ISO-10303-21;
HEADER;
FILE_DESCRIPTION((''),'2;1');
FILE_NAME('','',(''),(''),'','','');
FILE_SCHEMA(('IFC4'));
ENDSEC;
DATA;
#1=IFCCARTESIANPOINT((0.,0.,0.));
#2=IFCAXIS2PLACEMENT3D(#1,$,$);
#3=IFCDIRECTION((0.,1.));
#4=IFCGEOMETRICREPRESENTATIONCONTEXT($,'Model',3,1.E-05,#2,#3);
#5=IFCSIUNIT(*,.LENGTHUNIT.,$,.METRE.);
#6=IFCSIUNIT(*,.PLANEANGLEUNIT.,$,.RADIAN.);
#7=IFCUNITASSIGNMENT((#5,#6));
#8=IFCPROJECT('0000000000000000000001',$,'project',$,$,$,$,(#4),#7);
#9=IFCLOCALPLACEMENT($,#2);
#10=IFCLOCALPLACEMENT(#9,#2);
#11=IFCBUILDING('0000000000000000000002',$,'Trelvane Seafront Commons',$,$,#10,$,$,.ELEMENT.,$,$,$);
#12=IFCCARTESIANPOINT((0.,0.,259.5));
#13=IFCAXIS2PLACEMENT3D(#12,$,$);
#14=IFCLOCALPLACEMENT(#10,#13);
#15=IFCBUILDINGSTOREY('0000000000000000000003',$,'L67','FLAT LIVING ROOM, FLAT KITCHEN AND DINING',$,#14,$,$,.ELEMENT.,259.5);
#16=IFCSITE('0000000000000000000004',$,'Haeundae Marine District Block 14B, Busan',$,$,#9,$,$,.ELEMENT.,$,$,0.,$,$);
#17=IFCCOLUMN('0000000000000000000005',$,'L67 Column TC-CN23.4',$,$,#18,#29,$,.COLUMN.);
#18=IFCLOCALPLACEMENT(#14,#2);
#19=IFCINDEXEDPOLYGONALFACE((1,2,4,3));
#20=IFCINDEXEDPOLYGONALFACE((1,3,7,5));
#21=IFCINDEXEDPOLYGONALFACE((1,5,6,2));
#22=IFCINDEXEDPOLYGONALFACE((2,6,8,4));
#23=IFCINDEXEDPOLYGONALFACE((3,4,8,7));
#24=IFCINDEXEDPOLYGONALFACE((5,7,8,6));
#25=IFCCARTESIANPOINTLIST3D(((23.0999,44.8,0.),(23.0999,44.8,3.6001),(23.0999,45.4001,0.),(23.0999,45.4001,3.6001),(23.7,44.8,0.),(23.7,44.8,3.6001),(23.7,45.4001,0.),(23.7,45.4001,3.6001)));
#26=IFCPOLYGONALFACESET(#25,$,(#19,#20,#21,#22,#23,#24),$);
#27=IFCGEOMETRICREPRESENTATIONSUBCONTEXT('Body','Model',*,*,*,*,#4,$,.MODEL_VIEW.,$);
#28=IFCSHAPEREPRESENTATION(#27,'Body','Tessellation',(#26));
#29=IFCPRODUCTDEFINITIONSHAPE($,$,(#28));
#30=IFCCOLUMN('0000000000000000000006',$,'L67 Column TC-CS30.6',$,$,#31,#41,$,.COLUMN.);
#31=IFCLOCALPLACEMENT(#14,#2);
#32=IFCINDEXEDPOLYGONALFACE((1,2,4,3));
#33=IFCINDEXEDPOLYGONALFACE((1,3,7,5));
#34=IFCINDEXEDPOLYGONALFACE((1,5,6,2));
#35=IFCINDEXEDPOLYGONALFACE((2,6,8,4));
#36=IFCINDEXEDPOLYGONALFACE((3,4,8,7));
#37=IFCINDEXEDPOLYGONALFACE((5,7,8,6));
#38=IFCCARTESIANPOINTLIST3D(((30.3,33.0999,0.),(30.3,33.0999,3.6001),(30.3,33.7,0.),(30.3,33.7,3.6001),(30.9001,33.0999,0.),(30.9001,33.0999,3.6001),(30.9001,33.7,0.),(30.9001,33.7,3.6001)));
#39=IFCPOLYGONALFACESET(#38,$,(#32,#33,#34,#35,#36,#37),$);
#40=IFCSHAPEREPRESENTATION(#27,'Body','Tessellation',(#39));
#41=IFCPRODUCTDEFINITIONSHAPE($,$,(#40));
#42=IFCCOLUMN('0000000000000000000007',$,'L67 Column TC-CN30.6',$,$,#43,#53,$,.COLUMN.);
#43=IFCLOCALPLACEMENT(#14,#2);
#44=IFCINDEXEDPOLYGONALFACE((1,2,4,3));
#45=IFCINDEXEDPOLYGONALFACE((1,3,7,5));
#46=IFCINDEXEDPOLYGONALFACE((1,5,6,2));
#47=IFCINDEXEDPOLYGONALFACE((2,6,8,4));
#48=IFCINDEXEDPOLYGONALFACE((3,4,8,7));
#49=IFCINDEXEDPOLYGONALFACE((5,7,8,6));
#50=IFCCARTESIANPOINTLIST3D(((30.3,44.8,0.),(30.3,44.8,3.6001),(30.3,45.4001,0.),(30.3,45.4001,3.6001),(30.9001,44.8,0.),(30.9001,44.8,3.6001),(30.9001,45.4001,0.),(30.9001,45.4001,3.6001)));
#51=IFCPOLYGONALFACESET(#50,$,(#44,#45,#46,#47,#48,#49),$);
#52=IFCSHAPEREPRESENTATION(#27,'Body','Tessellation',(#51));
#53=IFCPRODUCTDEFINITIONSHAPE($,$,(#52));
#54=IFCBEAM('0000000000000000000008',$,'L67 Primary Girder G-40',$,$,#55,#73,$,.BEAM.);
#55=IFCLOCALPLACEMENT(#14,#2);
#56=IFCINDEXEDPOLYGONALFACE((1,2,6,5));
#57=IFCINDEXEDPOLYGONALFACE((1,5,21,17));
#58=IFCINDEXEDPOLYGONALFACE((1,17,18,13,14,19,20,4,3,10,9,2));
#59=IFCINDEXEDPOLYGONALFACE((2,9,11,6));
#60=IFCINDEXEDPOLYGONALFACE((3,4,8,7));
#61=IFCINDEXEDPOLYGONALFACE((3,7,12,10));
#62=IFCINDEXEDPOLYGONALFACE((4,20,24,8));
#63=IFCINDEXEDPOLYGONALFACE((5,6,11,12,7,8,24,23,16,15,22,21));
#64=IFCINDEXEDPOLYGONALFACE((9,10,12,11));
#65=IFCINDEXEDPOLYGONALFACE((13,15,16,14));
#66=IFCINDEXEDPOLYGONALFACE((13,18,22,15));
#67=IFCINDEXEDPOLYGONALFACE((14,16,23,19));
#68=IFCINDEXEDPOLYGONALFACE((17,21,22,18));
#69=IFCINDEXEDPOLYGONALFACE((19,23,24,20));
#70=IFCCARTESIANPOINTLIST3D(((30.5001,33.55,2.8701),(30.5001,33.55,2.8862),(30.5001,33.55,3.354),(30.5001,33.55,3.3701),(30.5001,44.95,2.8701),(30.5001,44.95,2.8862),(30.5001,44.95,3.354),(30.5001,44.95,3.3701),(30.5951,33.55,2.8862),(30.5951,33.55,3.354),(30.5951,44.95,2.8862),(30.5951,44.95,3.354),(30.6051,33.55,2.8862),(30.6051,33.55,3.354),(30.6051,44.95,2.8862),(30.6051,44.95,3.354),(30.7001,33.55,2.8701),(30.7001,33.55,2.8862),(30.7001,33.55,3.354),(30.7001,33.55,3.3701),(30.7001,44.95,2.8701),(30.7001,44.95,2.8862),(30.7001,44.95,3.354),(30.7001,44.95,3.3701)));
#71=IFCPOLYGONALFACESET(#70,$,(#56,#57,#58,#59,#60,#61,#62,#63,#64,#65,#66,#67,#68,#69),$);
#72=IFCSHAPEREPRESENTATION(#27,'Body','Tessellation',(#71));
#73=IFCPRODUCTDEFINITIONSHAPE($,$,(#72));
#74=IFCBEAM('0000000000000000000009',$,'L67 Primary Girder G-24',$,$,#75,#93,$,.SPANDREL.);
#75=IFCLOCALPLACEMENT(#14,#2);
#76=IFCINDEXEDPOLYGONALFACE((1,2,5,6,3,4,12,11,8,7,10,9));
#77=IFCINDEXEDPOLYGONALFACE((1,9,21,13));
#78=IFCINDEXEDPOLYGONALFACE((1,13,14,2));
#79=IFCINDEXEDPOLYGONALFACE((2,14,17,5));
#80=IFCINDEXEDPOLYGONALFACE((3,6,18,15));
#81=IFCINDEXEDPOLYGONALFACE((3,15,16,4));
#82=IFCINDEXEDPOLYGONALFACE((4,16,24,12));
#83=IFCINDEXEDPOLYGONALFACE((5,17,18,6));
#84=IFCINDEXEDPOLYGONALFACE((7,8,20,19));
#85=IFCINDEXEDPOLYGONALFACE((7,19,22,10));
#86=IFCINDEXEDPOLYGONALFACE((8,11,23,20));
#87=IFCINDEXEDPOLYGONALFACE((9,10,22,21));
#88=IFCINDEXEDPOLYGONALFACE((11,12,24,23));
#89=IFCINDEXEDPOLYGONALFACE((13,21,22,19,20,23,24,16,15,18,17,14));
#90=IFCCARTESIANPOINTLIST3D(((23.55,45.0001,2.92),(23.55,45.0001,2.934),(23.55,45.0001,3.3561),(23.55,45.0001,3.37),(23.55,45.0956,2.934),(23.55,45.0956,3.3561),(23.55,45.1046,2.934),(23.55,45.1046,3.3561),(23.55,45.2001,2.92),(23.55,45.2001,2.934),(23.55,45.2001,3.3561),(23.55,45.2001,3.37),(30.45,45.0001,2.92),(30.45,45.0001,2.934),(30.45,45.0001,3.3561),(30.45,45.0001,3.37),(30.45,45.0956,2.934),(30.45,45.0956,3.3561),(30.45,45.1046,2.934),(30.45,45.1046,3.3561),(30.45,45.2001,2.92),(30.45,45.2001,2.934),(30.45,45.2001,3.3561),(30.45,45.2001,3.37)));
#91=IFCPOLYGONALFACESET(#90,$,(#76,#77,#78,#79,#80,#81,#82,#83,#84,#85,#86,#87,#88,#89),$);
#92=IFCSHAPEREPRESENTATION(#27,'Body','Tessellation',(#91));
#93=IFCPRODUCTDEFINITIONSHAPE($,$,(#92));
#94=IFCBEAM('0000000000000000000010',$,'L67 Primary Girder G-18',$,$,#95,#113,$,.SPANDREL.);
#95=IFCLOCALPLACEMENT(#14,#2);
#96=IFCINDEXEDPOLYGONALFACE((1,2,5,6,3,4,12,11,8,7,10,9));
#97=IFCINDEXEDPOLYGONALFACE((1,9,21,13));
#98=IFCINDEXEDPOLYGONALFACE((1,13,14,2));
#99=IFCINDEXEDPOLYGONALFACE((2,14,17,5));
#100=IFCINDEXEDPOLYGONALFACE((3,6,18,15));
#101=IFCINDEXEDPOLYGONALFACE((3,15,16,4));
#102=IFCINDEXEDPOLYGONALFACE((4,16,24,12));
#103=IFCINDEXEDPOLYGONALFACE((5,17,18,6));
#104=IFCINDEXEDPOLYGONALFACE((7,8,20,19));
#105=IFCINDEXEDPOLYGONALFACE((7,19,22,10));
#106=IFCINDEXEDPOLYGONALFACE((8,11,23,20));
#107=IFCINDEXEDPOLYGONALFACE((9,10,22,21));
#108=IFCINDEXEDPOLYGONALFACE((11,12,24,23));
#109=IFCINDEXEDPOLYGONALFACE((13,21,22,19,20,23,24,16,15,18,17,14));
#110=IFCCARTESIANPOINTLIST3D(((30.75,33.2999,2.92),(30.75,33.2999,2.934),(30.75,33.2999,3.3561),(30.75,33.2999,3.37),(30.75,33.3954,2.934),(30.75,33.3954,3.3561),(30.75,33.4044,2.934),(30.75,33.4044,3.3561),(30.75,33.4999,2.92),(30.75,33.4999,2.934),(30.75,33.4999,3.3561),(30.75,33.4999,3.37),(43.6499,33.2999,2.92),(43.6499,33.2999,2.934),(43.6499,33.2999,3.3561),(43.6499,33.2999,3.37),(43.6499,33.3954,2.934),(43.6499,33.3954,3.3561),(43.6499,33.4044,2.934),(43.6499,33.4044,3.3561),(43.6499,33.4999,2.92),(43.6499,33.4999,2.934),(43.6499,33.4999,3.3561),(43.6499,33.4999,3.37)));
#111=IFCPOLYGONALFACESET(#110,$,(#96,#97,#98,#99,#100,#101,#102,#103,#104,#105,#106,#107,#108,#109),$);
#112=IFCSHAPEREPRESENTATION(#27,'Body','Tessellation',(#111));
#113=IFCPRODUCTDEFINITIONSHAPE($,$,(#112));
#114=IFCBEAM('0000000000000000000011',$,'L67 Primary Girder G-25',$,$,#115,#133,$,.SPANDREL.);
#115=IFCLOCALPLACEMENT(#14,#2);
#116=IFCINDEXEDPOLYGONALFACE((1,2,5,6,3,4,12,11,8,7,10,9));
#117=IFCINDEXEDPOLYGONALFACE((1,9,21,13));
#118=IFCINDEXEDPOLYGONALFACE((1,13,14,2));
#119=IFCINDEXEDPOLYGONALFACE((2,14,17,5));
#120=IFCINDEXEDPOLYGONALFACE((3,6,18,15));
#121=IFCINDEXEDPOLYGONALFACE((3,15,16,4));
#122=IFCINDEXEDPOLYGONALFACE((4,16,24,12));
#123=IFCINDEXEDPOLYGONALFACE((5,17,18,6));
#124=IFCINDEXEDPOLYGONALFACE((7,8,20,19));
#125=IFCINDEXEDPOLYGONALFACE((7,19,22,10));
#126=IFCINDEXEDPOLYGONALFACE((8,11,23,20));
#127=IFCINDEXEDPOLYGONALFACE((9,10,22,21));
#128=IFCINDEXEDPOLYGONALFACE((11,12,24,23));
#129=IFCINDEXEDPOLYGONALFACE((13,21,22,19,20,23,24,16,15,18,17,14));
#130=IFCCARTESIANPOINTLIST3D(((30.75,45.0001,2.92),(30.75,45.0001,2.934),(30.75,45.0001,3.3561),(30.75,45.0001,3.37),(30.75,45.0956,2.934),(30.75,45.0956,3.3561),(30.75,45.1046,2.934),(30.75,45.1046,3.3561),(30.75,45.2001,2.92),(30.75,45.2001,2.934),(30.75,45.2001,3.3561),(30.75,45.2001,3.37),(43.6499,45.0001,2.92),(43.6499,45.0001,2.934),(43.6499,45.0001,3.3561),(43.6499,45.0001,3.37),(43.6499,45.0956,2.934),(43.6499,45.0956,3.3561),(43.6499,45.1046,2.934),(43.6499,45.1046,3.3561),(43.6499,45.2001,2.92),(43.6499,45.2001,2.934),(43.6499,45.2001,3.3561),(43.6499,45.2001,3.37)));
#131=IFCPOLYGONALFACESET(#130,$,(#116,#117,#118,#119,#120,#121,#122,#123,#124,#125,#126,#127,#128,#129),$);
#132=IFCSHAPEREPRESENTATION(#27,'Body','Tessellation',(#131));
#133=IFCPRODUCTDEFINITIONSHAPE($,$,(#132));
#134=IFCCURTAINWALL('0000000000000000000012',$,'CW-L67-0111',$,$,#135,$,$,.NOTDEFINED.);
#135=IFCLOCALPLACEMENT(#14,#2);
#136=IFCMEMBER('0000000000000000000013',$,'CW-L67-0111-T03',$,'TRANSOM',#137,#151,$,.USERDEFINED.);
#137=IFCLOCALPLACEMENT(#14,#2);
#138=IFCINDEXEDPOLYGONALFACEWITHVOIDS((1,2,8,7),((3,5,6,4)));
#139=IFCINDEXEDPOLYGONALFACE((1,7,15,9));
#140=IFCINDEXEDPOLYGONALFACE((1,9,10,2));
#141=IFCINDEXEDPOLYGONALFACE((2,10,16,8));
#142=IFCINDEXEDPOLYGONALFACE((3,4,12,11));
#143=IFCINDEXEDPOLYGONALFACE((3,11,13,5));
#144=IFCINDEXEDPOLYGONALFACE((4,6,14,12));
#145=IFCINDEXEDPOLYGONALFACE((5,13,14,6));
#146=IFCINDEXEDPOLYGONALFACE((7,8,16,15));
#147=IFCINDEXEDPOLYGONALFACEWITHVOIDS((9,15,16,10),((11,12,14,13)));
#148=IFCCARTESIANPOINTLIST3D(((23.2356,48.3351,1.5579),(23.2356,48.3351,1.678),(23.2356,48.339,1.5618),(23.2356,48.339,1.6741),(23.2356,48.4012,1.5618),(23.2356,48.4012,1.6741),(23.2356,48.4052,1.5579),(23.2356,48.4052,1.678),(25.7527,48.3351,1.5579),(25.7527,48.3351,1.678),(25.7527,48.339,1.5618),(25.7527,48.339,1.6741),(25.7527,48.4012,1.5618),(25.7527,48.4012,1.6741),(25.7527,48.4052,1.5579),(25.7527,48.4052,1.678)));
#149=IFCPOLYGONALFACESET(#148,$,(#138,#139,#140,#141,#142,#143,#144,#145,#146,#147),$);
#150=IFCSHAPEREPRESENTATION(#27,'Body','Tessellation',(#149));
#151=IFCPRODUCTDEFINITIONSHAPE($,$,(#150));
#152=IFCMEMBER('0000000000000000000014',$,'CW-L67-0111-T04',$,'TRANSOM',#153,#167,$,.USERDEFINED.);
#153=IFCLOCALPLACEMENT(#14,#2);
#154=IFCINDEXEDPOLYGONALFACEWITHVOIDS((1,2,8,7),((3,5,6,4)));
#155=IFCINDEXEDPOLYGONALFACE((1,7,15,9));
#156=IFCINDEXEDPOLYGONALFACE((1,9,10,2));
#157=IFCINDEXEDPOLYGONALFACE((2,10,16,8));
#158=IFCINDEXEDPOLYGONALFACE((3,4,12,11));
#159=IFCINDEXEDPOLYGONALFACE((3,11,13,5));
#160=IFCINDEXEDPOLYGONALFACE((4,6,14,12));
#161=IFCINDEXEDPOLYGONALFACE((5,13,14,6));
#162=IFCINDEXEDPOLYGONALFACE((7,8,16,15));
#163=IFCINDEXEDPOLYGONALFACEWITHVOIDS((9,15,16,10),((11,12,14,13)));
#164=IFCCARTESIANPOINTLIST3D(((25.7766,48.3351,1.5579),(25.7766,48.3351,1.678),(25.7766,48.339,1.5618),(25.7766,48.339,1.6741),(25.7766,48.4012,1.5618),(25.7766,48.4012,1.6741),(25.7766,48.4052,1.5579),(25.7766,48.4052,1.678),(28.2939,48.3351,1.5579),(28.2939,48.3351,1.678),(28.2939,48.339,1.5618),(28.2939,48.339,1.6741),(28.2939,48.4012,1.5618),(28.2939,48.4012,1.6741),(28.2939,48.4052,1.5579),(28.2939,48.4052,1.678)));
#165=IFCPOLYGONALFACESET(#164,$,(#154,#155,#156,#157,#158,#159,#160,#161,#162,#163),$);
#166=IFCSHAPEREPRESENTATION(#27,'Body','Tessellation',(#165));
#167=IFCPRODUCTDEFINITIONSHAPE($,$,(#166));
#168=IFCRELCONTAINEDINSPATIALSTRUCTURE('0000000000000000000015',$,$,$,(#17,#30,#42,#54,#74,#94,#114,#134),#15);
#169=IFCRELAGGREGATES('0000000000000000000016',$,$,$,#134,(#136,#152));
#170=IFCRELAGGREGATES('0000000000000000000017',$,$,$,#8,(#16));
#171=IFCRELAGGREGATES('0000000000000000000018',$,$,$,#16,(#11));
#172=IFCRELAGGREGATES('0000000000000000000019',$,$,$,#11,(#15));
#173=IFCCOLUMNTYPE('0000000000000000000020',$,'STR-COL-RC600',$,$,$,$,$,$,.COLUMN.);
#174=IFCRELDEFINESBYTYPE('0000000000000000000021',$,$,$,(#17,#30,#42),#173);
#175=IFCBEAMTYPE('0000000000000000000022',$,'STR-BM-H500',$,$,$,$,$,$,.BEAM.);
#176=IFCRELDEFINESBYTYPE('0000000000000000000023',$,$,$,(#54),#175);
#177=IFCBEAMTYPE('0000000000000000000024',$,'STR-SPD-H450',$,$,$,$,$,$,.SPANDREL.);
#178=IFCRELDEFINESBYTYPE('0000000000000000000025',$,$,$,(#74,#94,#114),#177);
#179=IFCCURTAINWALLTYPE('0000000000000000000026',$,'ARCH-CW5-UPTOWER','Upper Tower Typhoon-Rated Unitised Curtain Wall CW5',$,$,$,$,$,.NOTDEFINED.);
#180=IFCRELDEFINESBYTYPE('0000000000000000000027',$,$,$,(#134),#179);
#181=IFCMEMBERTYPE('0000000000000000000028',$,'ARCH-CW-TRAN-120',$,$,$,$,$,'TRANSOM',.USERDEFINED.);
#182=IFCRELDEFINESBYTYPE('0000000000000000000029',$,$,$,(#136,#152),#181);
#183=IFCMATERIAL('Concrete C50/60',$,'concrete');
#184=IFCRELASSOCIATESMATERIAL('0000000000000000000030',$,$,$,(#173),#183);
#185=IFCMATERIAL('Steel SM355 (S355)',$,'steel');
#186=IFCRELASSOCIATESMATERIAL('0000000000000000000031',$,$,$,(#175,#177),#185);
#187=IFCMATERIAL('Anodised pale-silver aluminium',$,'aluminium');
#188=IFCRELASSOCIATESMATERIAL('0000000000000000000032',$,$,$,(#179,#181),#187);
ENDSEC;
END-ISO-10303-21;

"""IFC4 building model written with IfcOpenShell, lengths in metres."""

from ifc_helpers import new_model, si_unit, direction, frame, origin, origin_2d, place, context, subcontext, project, spatial, rectangle, hollow_rectangle, i_section, extrude, source, transform, mapped, material, material_profile, profile_set, type_object, element, aggregate, save


model = new_model("IFC4")

# Units and contexts
model_context = context("Model", 3, precision=1e-05, world=origin(), true_north=direction((0.0, 1.0)))
body_context = subcontext(model_context, "Body", "Model", "MODEL_VIEW")
ifc_project = project(units=[si_unit("LENGTHUNIT", "METRE"), si_unit("PLANEANGLEUNIT", "RADIAN")], contexts=[model_context])

# Site, building, storey
site_placement = place(None, origin())
site = spatial("IfcSite", under=ifc_project, at=site_placement, Name="Haeundae Marine District Block 14B, Busan", CompositionType="ELEMENT", RefElevation=0.0)
building_placement = place(site_placement, origin())
building = spatial("IfcBuilding", under=site, at=building_placement, Name="Trelvane Seafront Commons", CompositionType="ELEMENT")
storey_placement = place(building_placement, frame((0.0, 0.0, 259.5)))
storey = spatial("IfcBuildingStorey", under=building, at=storey_placement, Name="L67", Description="FLAT LIVING ROOM, FLAT KITCHEN AND DINING", CompositionType="ELEMENT", Elevation=259.5)

# Columns
ifc_material_1 = material(Name="Concrete C50/60", Category="concrete")
ifc_material_profile_1 = material_profile(ifc_material_1, rectangle(XDim=0.6001, YDim=0.6001, at=origin_2d()), Name="RC-600x600")
ifc_profile_set_1 = profile_set([ifc_material_profile_1], Name="Concrete C50/60")
column_type = type_object("IfcColumnType", Name="STR-COL-RC600", PredefinedType="COLUMN", material=ifc_profile_set_1)
shared_shape_1 = source(origin(), body_context, "Body", "SweptSolid", [
    extrude(rectangle(XDim=0.6001, YDim=0.6001, at=origin_2d()), origin(), (0.0, 0.0, 1.0), 3.6001),
])
for number, where, z_axis, x_axis, name in (
    (1, (23.3999, 45.1001, 0.0), (0.0, 0.0, 1.0), (1.0, 0.0, 0.0), "L67 Column TC-CN23.4"),
    (2, (30.6001, 33.3999, 0.0), (0.0, 0.0, 1.0), (1.0, 0.0, 0.0), "L67 Column TC-CS30.6"),
    (3, (30.6001, 45.1001, 0.0), (0.0, 0.0, 1.0), (1.0, 0.0, 0.0), "L67 Column TC-CN30.6"),
):
    element("IfcColumn", number, at=place(storey_placement, frame(where, z_axis=z_axis, x_axis=x_axis)), inside=storey, type_object=column_type, Name=name, PredefinedType="COLUMN", context=body_context, shape_type="MappedRepresentation", body=[
        mapped(shared_shape_1, transform((0.0, 0.0, 0.0), x_axis=(1.0, 0.0, 0.0), y_axis=(0.0, 1.0, 0.0), z_axis=(0.0, 0.0, 1.0), scale=1.0)),
    ])

# Beams
ifc_material_2 = material(Name="Steel SM355 (S355)", Category="steel")
ifc_material_profile_2 = material_profile(ifc_material_2, i_section(OverallWidth=0.2, OverallDepth=0.5, WebThickness=0.01, FlangeThickness=0.0161, at=origin_2d()), Name="H-500x200x10x16")
ifc_profile_set_2 = profile_set([ifc_material_profile_2], Name="Steel SM355 (S355)")
beam_type_1 = type_object("IfcBeamType", Name="STR-BM-H500", PredefinedType="BEAM", material=ifc_profile_set_2)
shared_shape_2 = source(origin(), body_context, "Body", "SweptSolid", [
    extrude(i_section(OverallWidth=0.2, OverallDepth=0.5, WebThickness=0.01, FlangeThickness=0.0161, at=origin_2d()), origin(), (0.0, 0.0, 1.0), 11.3999),
])
beam_1_placement = place(storey_placement, frame((30.6001, 33.55, 3.1201), z_axis=(0.0, 1.0, 0.0), x_axis=(-1.0, 0.0, 0.0)))
element("IfcBeam", 4, at=beam_1_placement, inside=storey, type_object=beam_type_1, Name="L67 Primary Girder G-40", PredefinedType="BEAM", context=body_context, shape_type="MappedRepresentation", body=[
    mapped(shared_shape_2, transform((0.0, 0.0, 0.0), x_axis=(1.0, 0.0, 0.0), y_axis=(0.0, 1.0, 0.0), z_axis=(0.0, 0.0, 1.0), scale=1.0)),
])
ifc_material_profile_3 = material_profile(ifc_material_2, i_section(OverallWidth=0.2, OverallDepth=0.45, WebThickness=0.009, FlangeThickness=0.0139, at=origin_2d()), Name="H-450x200x9x14")
ifc_profile_set_3 = profile_set([ifc_material_profile_3], Name="Steel SM355 (S355)")
beam_type_2 = type_object("IfcBeamType", Name="STR-SPD-H450", PredefinedType="SPANDREL", material=ifc_profile_set_3)
shared_shape_3 = source(origin(), body_context, "Body", "SweptSolid", [
    extrude(i_section(OverallWidth=0.2, OverallDepth=0.45, WebThickness=0.009, FlangeThickness=0.0139, at=origin_2d()), origin(), (0.0, 0.0, 1.0), 6.8999),
])
beam_2_placement = place(storey_placement, frame((23.55, 45.1001, 3.145), z_axis=(1.0, 0.0, 0.0), x_axis=(0.0, 1.0, 0.0)))
element("IfcBeam", 5, at=beam_2_placement, inside=storey, type_object=beam_type_2, Name="L67 Primary Girder G-24", PredefinedType="SPANDREL", context=body_context, shape_type="MappedRepresentation", body=[
    mapped(shared_shape_3, transform((0.0, 0.0, 0.0), x_axis=(1.0, 0.0, 0.0), y_axis=(0.0, 1.0, 0.0), z_axis=(0.0, 0.0, 1.0), scale=1.0)),
])
shared_shape_4 = source(origin(), body_context, "Body", "SweptSolid", [
    extrude(i_section(OverallWidth=0.2, OverallDepth=0.45, WebThickness=0.009, FlangeThickness=0.0139, at=origin_2d()), origin(), (0.0, 0.0, 1.0), 12.8999),
])
for number, where, z_axis, x_axis, name in (
    (6, (30.75, 33.3999, 3.145), (1.0, 0.0, 0.0), (0.0, 1.0, 0.0), "L67 Primary Girder G-18"),
    (7, (30.75, 45.1001, 3.145), (1.0, 0.0, 0.0), (0.0, 1.0, 0.0), "L67 Primary Girder G-25"),
):
    element("IfcBeam", number, at=place(storey_placement, frame(where, z_axis=z_axis, x_axis=x_axis)), inside=storey, type_object=beam_type_2, Name=name, PredefinedType="SPANDREL", context=body_context, shape_type="MappedRepresentation", body=[
        mapped(shared_shape_4, transform((0.0, 0.0, 0.0), x_axis=(1.0, 0.0, 0.0), y_axis=(0.0, 1.0, 0.0), z_axis=(0.0, 0.0, 1.0), scale=1.0)),
    ])

# Curtain wall, members
ifc_material_3 = material(Name="Anodised pale-silver aluminium", Category="aluminium")
curtain_wall_type = type_object("IfcCurtainWallType", Name="ARCH-CW5-UPTOWER", Description="Upper Tower Typhoon-Rated Unitised Curtain Wall CW5", PredefinedType="NOTDEFINED", material=ifc_material_3)
curtain_wall_placement = place(storey_placement, origin())
curtain_wall = element("IfcCurtainWall", 8, at=curtain_wall_placement, inside=storey, type_object=curtain_wall_type, Name="CW-L67-0111", PredefinedType="NOTDEFINED")
ifc_material_profile_4 = material_profile(ifc_material_3, hollow_rectangle(XDim=0.0701, YDim=0.1201, WallThickness=0.0039, at=origin_2d()), Name="TRAN-70x120x4")
ifc_profile_set_4 = profile_set([ifc_material_profile_4], Name="Anodised pale-silver aluminium")
member_type_1 = type_object("IfcMemberType", Name="ARCH-CW-TRAN-120", ElementType="TRANSOM", PredefinedType="USERDEFINED", material=ifc_profile_set_4)
shared_shape_5 = source(origin(), body_context, "Body", "SweptSolid", [
    extrude(hollow_rectangle(XDim=0.0701, YDim=0.1201, WallThickness=0.0039, at=origin_2d()), origin(), (0.0, 0.0, 1.0), 2.5171),
])
member_1_placement = place(storey_placement, frame((23.2356, 48.3701, 1.6179), z_axis=(1.0, 0.0, 0.0), x_axis=(0.0, 1.0, 0.0)))
member_1 = element("IfcMember", 9, at=member_1_placement, type_object=member_type_1, Name="CW-L67-0111-T03", ObjectType="TRANSOM", PredefinedType="USERDEFINED", context=body_context, shape_type="MappedRepresentation", body=[
    mapped(shared_shape_5, transform((0.0, 0.0, 0.0), x_axis=(1.0, 0.0, 0.0), y_axis=(0.0, 1.0, 0.0), z_axis=(0.0, 0.0, 1.0), scale=1.0)),
])
shared_shape_6 = source(origin(), body_context, "Body", "SweptSolid", [
    extrude(hollow_rectangle(XDim=0.0701, YDim=0.1201, WallThickness=0.0039, at=origin_2d()), origin(), (0.0, 0.0, 1.0), 2.5173),
])
member_2_placement = place(storey_placement, frame((25.7766, 48.3701, 1.6179), z_axis=(1.0, 0.0, 0.0), x_axis=(0.0, 1.0, 0.0)))
member_2 = element("IfcMember", 10, at=member_2_placement, type_object=member_type_1, Name="CW-L67-0111-T04", ObjectType="TRANSOM", PredefinedType="USERDEFINED", context=body_context, shape_type="MappedRepresentation", body=[
    mapped(shared_shape_6, transform((0.0, 0.0, 0.0), x_axis=(1.0, 0.0, 0.0), y_axis=(0.0, 1.0, 0.0), z_axis=(0.0, 0.0, 1.0), scale=1.0)),
])
aggregate(curtain_wall, [member_1, member_2])

save(model, "model.ifc")
